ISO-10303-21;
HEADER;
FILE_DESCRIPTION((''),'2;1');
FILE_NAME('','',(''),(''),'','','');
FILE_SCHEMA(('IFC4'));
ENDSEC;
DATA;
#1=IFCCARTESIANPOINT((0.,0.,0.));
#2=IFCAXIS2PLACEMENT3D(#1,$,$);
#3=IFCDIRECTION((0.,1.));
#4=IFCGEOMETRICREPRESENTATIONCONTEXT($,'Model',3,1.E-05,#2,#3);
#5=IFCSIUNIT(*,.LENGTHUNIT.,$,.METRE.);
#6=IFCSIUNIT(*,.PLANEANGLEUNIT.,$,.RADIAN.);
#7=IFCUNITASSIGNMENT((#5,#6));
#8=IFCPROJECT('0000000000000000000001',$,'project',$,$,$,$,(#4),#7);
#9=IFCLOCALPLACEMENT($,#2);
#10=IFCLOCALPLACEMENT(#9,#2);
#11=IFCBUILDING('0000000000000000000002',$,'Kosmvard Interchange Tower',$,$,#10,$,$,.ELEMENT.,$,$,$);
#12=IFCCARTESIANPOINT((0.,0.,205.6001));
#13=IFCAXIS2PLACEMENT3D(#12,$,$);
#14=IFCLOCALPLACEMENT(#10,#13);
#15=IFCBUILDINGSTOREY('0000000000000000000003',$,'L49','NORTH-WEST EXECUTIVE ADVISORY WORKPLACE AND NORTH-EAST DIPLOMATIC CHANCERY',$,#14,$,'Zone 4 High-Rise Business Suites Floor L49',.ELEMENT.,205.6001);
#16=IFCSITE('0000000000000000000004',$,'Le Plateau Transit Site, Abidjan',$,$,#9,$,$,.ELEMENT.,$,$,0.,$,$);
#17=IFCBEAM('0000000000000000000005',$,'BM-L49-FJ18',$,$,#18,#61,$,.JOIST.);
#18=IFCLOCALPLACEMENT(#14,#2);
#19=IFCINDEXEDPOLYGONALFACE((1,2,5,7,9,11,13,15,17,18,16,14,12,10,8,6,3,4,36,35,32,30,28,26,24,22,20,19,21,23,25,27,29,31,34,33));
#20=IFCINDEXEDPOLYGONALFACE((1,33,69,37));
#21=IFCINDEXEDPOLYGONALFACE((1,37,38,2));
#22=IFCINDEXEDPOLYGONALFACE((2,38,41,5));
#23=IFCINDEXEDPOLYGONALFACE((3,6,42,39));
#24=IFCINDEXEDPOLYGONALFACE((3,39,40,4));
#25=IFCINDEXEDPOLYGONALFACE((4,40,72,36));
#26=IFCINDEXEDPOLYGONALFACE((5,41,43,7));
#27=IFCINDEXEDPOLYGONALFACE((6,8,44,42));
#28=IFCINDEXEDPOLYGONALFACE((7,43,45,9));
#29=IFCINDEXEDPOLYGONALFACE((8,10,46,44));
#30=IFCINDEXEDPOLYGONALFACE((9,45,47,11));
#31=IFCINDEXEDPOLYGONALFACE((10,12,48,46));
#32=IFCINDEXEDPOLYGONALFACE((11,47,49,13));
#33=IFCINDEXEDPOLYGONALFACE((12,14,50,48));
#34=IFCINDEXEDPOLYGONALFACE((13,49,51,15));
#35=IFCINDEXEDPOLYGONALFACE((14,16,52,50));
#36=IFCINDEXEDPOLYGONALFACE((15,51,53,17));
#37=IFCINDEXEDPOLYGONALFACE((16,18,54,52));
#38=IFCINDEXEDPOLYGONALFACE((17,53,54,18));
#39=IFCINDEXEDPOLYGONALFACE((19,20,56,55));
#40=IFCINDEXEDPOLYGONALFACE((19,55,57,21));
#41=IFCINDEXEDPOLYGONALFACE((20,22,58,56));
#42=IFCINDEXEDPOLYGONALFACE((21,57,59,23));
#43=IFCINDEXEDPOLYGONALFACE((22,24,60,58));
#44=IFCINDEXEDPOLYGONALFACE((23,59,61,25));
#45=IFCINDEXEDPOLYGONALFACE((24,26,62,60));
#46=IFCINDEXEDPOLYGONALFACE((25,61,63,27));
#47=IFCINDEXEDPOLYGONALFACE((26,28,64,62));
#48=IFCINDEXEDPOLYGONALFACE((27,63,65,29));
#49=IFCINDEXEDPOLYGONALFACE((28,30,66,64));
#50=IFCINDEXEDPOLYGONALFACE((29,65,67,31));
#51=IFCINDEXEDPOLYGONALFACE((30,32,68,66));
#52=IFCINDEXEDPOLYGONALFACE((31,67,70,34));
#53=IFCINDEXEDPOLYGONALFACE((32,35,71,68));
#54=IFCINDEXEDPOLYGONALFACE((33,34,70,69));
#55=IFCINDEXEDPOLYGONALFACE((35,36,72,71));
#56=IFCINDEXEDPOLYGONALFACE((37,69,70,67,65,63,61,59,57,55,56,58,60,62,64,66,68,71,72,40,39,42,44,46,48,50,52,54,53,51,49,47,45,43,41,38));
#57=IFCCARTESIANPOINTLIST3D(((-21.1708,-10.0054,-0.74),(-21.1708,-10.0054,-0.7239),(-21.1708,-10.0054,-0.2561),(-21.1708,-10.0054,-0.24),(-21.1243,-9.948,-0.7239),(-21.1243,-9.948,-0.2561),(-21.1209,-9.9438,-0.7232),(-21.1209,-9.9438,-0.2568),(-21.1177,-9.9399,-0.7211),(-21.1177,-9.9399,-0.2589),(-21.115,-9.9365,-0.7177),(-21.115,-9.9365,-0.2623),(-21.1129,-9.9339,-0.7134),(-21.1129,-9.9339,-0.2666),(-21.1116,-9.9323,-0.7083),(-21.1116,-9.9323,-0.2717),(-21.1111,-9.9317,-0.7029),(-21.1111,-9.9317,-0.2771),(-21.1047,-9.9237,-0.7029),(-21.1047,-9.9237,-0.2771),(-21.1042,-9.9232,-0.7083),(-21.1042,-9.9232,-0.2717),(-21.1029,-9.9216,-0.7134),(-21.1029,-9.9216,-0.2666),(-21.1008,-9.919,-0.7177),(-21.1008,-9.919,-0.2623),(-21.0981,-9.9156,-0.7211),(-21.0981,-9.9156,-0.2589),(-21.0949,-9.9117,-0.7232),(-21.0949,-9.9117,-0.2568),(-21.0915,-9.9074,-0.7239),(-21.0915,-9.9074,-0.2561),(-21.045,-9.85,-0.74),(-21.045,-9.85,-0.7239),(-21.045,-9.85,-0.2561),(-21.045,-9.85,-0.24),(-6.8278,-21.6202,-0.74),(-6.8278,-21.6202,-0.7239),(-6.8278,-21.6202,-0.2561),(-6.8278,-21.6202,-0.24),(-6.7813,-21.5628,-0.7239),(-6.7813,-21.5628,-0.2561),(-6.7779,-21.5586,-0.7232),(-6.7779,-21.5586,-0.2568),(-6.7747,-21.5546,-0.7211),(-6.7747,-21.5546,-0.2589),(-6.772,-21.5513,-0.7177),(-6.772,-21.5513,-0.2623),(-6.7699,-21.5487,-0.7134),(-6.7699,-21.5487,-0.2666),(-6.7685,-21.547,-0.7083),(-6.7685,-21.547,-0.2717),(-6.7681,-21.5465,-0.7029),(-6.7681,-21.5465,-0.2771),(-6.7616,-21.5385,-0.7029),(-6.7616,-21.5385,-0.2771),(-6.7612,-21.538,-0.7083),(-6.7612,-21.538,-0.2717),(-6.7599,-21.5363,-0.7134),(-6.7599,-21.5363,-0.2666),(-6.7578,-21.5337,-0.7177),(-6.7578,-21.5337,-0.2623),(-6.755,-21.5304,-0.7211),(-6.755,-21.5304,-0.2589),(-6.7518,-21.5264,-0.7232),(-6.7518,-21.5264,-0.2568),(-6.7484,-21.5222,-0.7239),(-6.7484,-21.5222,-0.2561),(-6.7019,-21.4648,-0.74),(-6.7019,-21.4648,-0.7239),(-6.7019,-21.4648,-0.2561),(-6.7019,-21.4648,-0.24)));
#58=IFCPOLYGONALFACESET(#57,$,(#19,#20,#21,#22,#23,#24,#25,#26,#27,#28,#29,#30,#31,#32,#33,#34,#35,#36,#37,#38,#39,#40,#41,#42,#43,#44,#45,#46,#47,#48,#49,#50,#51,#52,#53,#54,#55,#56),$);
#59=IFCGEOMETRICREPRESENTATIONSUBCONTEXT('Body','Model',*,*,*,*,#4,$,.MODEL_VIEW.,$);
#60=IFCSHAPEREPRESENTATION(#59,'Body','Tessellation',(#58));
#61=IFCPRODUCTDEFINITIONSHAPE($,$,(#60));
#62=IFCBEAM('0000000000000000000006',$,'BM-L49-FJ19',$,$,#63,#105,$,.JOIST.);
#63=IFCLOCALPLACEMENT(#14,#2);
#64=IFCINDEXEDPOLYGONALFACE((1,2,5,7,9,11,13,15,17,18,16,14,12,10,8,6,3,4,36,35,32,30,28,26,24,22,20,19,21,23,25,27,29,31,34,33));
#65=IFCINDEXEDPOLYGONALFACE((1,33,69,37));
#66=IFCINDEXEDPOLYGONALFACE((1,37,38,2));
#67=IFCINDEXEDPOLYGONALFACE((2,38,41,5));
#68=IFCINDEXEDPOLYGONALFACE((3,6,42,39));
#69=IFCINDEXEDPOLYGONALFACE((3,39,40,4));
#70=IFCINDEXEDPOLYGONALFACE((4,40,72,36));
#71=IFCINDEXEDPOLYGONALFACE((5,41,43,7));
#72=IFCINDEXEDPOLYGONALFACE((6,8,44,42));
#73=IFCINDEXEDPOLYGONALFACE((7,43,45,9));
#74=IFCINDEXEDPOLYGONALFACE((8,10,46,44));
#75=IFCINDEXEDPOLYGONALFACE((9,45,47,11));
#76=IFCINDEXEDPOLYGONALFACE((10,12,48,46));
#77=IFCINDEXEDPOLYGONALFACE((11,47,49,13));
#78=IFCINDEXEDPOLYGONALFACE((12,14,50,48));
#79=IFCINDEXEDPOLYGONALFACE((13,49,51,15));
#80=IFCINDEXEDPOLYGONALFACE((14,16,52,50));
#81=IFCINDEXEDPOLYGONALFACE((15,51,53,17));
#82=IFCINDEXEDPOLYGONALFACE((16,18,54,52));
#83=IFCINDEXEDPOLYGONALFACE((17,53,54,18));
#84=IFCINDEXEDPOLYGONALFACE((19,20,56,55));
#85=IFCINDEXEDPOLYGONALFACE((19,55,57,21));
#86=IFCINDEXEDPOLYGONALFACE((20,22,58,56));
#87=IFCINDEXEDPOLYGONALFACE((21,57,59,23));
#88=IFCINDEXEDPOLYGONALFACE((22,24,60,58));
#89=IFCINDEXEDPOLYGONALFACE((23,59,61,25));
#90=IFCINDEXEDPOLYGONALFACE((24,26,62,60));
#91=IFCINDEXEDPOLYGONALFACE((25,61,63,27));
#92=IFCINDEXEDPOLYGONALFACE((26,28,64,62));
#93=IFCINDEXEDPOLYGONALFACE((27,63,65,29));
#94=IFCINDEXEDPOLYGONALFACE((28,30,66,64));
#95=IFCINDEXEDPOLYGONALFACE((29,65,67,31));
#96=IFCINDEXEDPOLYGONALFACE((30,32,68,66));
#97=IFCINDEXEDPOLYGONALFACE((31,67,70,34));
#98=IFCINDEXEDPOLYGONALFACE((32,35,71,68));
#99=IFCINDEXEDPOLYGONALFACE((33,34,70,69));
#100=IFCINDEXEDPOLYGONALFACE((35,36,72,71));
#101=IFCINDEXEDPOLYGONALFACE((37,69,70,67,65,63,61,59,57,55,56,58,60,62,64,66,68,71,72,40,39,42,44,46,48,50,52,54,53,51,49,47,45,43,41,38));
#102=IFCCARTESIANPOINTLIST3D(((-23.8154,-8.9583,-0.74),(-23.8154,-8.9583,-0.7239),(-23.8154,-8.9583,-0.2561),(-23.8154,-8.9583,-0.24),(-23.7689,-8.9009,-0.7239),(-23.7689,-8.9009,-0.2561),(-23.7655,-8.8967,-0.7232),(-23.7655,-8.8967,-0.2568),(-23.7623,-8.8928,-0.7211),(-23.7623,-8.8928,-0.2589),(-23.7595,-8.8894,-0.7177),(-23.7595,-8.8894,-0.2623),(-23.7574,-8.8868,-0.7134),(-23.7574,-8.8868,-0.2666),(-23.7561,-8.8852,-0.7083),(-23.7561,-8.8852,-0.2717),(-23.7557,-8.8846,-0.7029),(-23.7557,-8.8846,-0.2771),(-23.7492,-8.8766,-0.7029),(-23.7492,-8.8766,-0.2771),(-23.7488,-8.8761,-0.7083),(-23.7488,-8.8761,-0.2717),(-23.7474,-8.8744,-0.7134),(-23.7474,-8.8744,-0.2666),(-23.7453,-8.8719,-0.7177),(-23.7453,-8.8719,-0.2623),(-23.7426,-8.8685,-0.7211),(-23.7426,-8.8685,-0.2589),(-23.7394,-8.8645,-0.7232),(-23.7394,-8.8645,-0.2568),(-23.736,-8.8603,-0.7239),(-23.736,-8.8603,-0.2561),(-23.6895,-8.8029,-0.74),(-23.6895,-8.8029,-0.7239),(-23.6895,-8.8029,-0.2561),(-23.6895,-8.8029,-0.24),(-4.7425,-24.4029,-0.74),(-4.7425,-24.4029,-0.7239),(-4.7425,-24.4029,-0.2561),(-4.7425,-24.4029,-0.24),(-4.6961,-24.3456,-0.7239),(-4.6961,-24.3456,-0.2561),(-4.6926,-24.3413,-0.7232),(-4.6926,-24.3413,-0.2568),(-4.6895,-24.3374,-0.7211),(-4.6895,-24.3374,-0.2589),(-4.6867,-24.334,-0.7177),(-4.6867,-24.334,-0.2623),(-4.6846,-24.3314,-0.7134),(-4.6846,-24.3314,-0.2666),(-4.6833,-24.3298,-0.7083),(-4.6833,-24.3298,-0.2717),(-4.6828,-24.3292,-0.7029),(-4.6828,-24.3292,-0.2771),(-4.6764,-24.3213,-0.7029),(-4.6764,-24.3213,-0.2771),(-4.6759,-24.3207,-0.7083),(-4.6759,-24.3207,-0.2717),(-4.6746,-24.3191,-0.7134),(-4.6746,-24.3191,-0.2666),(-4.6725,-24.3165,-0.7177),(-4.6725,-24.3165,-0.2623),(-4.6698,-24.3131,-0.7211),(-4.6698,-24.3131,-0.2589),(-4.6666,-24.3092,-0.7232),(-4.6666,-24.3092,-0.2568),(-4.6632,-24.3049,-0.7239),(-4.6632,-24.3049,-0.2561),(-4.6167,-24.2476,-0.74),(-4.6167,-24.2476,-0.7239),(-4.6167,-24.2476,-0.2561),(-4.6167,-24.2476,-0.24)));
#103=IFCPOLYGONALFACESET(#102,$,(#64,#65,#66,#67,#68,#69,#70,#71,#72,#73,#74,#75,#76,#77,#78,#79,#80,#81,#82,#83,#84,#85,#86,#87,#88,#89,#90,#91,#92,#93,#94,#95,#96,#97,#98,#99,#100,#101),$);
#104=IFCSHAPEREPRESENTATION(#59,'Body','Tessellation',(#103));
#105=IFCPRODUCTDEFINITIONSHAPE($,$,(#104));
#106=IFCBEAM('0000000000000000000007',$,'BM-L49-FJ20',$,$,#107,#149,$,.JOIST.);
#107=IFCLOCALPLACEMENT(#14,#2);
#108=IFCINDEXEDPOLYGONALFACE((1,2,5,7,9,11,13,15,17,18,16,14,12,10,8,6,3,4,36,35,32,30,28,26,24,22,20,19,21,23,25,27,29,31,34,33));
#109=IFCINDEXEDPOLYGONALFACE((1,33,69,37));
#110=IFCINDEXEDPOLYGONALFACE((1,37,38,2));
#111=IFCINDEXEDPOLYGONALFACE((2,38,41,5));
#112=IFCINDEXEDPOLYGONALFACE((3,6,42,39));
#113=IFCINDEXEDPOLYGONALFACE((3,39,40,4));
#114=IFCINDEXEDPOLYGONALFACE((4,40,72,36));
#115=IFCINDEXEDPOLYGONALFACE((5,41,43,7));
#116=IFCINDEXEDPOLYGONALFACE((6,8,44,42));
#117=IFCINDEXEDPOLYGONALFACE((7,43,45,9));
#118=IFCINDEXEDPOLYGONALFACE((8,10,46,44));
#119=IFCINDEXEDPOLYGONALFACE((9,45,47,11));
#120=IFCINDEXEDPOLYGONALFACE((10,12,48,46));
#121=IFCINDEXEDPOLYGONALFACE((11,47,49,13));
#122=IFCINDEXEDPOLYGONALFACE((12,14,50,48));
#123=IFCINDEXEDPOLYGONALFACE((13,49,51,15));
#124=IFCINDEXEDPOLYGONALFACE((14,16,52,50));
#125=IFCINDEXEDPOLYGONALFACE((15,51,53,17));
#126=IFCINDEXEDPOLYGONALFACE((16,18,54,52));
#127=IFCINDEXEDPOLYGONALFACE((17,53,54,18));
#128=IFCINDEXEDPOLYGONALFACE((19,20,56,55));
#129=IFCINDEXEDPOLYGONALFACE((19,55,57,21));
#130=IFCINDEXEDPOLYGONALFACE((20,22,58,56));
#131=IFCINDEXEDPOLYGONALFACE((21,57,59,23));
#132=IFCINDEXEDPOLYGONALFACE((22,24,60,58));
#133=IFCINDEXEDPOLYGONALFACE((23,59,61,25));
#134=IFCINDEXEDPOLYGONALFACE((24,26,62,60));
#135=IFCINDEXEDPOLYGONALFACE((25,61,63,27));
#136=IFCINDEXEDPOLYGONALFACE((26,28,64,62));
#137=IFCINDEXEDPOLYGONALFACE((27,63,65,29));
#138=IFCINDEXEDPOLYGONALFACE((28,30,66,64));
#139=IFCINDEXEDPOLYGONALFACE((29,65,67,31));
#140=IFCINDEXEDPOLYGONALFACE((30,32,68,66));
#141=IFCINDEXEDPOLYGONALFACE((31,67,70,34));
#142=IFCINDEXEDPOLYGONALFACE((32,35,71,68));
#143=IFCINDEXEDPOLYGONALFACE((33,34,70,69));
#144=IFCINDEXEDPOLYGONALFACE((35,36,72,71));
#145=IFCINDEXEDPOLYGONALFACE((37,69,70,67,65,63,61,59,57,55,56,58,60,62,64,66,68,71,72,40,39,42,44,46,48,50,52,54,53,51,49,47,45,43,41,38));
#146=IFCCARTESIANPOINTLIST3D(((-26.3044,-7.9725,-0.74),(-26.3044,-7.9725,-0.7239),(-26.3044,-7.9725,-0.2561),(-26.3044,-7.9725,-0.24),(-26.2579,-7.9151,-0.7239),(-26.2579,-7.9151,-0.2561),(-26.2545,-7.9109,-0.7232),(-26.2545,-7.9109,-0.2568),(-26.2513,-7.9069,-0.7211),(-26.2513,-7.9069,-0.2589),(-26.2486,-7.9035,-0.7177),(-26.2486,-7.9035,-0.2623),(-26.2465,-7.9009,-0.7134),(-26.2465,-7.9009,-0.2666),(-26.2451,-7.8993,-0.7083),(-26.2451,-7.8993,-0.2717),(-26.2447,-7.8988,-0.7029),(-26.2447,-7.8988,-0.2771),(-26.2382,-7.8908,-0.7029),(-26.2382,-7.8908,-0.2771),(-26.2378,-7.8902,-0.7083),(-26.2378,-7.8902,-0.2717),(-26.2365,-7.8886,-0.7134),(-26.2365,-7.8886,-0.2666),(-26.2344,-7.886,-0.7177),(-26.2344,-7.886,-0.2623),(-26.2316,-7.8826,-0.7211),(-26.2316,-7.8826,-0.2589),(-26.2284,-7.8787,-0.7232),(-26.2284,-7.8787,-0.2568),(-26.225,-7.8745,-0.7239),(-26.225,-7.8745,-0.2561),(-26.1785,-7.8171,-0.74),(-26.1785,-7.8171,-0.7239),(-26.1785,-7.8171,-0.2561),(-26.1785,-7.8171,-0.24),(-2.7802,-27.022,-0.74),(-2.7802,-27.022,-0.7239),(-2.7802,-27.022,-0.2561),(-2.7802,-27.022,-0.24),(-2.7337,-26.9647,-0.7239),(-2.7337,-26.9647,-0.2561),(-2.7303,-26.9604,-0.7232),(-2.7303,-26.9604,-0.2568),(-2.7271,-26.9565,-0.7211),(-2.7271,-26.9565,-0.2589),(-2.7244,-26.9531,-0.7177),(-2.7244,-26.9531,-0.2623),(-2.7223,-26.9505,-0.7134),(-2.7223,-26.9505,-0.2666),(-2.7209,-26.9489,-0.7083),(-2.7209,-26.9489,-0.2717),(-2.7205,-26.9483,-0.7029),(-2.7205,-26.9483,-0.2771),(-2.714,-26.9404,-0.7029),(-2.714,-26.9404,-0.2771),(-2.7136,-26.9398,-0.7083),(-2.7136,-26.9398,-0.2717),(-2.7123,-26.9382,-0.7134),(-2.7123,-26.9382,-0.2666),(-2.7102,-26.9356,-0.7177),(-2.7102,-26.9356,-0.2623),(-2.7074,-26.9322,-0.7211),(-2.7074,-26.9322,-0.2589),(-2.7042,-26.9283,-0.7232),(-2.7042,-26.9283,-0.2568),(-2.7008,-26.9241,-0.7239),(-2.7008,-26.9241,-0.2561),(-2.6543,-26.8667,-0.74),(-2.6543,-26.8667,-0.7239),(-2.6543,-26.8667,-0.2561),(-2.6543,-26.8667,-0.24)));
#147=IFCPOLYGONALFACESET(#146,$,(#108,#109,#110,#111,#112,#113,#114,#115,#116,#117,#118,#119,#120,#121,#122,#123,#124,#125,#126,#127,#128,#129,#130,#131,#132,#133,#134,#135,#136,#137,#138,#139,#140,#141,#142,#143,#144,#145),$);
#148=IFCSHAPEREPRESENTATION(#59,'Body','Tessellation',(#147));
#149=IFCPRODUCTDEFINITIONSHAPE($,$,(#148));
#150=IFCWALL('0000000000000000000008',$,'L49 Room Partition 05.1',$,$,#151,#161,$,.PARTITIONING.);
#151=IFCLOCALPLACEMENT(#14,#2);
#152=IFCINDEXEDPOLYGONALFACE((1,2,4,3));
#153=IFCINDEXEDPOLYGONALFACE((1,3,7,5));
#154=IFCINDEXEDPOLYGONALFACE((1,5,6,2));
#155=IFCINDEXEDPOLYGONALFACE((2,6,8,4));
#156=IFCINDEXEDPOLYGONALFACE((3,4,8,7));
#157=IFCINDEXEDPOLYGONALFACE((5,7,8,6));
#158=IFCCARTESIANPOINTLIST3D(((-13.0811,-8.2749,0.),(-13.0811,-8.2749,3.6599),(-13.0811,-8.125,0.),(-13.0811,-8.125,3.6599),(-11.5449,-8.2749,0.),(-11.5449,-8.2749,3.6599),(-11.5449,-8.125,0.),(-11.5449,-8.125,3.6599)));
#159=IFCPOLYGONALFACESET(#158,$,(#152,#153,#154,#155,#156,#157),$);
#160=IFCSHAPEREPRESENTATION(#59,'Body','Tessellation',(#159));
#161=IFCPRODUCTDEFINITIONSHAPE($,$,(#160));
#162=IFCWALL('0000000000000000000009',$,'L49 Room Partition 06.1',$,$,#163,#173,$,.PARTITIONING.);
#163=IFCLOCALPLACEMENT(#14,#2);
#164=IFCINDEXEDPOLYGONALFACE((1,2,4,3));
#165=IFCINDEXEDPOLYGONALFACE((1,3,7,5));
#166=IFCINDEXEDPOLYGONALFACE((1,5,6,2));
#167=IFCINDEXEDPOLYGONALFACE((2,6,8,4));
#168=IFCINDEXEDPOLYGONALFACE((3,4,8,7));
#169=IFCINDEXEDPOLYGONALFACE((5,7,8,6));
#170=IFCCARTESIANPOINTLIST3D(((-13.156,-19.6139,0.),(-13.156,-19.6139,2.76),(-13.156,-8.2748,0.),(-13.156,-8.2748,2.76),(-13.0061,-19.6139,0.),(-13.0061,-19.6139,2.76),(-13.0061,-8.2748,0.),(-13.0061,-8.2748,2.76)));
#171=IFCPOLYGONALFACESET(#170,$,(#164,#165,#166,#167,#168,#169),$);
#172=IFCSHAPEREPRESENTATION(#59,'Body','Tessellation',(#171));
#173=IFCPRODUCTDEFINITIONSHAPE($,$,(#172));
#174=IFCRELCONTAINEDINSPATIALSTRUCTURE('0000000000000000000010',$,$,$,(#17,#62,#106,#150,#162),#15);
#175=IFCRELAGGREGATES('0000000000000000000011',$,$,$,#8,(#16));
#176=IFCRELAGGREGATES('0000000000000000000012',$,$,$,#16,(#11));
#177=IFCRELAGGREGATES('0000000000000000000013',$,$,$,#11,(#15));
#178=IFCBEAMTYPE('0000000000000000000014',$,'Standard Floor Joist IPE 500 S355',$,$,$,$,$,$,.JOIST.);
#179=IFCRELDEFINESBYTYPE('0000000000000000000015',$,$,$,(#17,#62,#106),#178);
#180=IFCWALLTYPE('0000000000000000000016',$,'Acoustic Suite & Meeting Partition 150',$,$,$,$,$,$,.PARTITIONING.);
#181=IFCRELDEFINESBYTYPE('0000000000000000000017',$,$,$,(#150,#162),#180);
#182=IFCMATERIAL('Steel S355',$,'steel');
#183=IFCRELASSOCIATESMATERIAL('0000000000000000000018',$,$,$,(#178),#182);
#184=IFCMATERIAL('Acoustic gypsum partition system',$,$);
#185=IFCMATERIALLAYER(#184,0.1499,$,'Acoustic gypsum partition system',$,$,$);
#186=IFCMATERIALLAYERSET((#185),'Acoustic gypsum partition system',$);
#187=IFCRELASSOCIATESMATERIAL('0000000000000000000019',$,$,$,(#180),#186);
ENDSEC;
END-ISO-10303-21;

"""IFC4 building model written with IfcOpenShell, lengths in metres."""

from ifc_helpers import new_model, si_unit, direction, frame, frame_2d, origin, origin_2d, place, context, subcontext, project, spatial, rectangle, i_section, extrude, source, transform, mapped, material, layer, layer_set, material_profile, profile_set, type_object, element, save


model = new_model("IFC4")

# Units and contexts
model_context = context("Model", 3, precision=1e-05, world=origin(), true_north=direction((0.0, 1.0)))
body_context = subcontext(model_context, "Body", "Model", "MODEL_VIEW")
ifc_project = project(units=[si_unit("LENGTHUNIT", "METRE"), si_unit("PLANEANGLEUNIT", "RADIAN")], contexts=[model_context])

# Site, building, storey
site_placement = place(None, origin())
site = spatial("IfcSite", under=ifc_project, at=site_placement, Name="Le Plateau Transit Site, Abidjan", CompositionType="ELEMENT", RefElevation=0.0)
building_placement = place(site_placement, origin())
building = spatial("IfcBuilding", under=site, at=building_placement, Name="Kosmvard Interchange Tower", CompositionType="ELEMENT")
storey_placement = place(building_placement, frame((0.0, 0.0, 205.6001)))
storey = spatial("IfcBuildingStorey", under=building, at=storey_placement, Name="L49", Description="NORTH-WEST EXECUTIVE ADVISORY WORKPLACE AND NORTH-EAST DIPLOMATIC CHANCERY", LongName="Zone 4 High-Rise Business Suites Floor L49", CompositionType="ELEMENT", Elevation=205.6001)

# Beams
ifc_material_1 = material(Name="Steel S355", Category="steel")
ifc_material_profile_1 = material_profile(ifc_material_1, i_section(OverallWidth=0.2, OverallDepth=0.5, WebThickness=0.0103, FlangeThickness=0.0161, FilletRadius=0.021, at=origin_2d()), Name="IPE 500")
ifc_profile_set_1 = profile_set([ifc_material_profile_1], Name="Steel S355")
beam_type_1 = type_object("IfcBeamType", Name="Standard Floor Joist IPE 500 S355", PredefinedType="JOIST", material=ifc_profile_set_1)
shared_shape_1 = source(origin(), body_context, "Body", "SweptSolid", [
    extrude(i_section(OverallWidth=0.2, OverallDepth=0.5, WebThickness=0.0103, FlangeThickness=0.0161, FilletRadius=0.021, at=origin_2d()), origin(), (0.0, 0.0, 1.0), 18.4561),
])
beam_1_placement = place(storey_placement, frame((-21.1079, -9.9277, -0.49), z_axis=(0.777146, -0.62932, 0.0), x_axis=(0.62932, 0.777146, 0.0)))
element("IfcBeam", 1, at=beam_1_placement, inside=storey, type_object=beam_type_1, Name="BM-L49-FJ18", PredefinedType="JOIST", context=body_context, shape_type="MappedRepresentation", body=[
    mapped(shared_shape_1, transform((0.0, 0.0, 0.0), scale=1.0)),
])
shared_shape_2 = source(origin(), body_context, "Body", "SweptSolid", [
    extrude(i_section(OverallWidth=0.2, OverallDepth=0.5, WebThickness=0.0103, FlangeThickness=0.0161, FilletRadius=0.021, at=origin_2d()), origin(), (0.0, 0.0, 1.0), 24.542),
])
beam_2_placement = place(storey_placement, frame((-23.7524, -8.8806, -0.49), z_axis=(0.777151, -0.629315, 0.0), x_axis=(0.629315, 0.777151, 0.0)))
element("IfcBeam", 2, at=beam_2_placement, inside=storey, type_object=beam_type_1, Name="BM-L49-FJ19", PredefinedType="JOIST", context=body_context, shape_type="MappedRepresentation", body=[
    mapped(shared_shape_2, transform((0.0, 0.0, 0.0), scale=1.0)),
])
shared_shape_3 = source(origin(), body_context, "Body", "SweptSolid", [
    extrude(i_section(OverallWidth=0.2, OverallDepth=0.5, WebThickness=0.0103, FlangeThickness=0.0161, FilletRadius=0.021, at=origin_2d()), origin(), (0.0, 0.0, 1.0), 30.27),
])
beam_3_placement = place(storey_placement, frame((-26.2415, -7.8948, -0.49), z_axis=(0.777145, -0.629322, 0.0), x_axis=(0.629322, 0.777145, 0.0)))
element("IfcBeam", 3, at=beam_3_placement, inside=storey, type_object=beam_type_1, Name="BM-L49-FJ20", PredefinedType="JOIST", context=body_context, shape_type="MappedRepresentation", body=[
    mapped(shared_shape_3, transform((0.0, 0.0, 0.0), scale=1.0)),
])

# Walls
ifc_material_2 = material(Name="Acoustic gypsum partition system")
ifc_layer_1 = layer(ifc_material_2, 0.1499, Name="Acoustic gypsum partition system")
ifc_layer_set_1 = layer_set([ifc_layer_1], Name="Acoustic gypsum partition system")
wall_type_1 = type_object("IfcWallType", Name="Acoustic Suite & Meeting Partition 150", PredefinedType="PARTITIONING", material=ifc_layer_set_1)
wall_1_placement = place(storey_placement, frame((-11.5449, -8.2, 0.0), z_axis=(0.0, 0.0, 1.0), x_axis=(-1.0, 0.0, 0.0)))
element("IfcWall", 4, at=wall_1_placement, inside=storey, type_object=wall_type_1, Name="L49 Room Partition 05.1", PredefinedType="PARTITIONING", context=body_context, shape_type="SweptSolid", body=[
    extrude(rectangle(XDim=1.5361, YDim=0.1499, at=frame_2d((0.7681, 0.0))), origin(), (0.0, 0.0, 1.0), 3.6599),
])
wall_2_placement = place(storey_placement, frame((-13.0811, -8.2749, 0.0), z_axis=(0.0, 0.0, 1.0), x_axis=(0.0, -1.0, 0.0)))
element("IfcWall", 5, at=wall_2_placement, inside=storey, type_object=wall_type_1, Name="L49 Room Partition 06.1", PredefinedType="PARTITIONING", context=body_context, shape_type="SweptSolid", body=[
    extrude(rectangle(XDim=11.3391, YDim=0.1499, at=frame_2d((5.6694, 0.0))), origin(), (0.0, 0.0, 1.0), 2.76),
])

save(model, "model.ifc")
